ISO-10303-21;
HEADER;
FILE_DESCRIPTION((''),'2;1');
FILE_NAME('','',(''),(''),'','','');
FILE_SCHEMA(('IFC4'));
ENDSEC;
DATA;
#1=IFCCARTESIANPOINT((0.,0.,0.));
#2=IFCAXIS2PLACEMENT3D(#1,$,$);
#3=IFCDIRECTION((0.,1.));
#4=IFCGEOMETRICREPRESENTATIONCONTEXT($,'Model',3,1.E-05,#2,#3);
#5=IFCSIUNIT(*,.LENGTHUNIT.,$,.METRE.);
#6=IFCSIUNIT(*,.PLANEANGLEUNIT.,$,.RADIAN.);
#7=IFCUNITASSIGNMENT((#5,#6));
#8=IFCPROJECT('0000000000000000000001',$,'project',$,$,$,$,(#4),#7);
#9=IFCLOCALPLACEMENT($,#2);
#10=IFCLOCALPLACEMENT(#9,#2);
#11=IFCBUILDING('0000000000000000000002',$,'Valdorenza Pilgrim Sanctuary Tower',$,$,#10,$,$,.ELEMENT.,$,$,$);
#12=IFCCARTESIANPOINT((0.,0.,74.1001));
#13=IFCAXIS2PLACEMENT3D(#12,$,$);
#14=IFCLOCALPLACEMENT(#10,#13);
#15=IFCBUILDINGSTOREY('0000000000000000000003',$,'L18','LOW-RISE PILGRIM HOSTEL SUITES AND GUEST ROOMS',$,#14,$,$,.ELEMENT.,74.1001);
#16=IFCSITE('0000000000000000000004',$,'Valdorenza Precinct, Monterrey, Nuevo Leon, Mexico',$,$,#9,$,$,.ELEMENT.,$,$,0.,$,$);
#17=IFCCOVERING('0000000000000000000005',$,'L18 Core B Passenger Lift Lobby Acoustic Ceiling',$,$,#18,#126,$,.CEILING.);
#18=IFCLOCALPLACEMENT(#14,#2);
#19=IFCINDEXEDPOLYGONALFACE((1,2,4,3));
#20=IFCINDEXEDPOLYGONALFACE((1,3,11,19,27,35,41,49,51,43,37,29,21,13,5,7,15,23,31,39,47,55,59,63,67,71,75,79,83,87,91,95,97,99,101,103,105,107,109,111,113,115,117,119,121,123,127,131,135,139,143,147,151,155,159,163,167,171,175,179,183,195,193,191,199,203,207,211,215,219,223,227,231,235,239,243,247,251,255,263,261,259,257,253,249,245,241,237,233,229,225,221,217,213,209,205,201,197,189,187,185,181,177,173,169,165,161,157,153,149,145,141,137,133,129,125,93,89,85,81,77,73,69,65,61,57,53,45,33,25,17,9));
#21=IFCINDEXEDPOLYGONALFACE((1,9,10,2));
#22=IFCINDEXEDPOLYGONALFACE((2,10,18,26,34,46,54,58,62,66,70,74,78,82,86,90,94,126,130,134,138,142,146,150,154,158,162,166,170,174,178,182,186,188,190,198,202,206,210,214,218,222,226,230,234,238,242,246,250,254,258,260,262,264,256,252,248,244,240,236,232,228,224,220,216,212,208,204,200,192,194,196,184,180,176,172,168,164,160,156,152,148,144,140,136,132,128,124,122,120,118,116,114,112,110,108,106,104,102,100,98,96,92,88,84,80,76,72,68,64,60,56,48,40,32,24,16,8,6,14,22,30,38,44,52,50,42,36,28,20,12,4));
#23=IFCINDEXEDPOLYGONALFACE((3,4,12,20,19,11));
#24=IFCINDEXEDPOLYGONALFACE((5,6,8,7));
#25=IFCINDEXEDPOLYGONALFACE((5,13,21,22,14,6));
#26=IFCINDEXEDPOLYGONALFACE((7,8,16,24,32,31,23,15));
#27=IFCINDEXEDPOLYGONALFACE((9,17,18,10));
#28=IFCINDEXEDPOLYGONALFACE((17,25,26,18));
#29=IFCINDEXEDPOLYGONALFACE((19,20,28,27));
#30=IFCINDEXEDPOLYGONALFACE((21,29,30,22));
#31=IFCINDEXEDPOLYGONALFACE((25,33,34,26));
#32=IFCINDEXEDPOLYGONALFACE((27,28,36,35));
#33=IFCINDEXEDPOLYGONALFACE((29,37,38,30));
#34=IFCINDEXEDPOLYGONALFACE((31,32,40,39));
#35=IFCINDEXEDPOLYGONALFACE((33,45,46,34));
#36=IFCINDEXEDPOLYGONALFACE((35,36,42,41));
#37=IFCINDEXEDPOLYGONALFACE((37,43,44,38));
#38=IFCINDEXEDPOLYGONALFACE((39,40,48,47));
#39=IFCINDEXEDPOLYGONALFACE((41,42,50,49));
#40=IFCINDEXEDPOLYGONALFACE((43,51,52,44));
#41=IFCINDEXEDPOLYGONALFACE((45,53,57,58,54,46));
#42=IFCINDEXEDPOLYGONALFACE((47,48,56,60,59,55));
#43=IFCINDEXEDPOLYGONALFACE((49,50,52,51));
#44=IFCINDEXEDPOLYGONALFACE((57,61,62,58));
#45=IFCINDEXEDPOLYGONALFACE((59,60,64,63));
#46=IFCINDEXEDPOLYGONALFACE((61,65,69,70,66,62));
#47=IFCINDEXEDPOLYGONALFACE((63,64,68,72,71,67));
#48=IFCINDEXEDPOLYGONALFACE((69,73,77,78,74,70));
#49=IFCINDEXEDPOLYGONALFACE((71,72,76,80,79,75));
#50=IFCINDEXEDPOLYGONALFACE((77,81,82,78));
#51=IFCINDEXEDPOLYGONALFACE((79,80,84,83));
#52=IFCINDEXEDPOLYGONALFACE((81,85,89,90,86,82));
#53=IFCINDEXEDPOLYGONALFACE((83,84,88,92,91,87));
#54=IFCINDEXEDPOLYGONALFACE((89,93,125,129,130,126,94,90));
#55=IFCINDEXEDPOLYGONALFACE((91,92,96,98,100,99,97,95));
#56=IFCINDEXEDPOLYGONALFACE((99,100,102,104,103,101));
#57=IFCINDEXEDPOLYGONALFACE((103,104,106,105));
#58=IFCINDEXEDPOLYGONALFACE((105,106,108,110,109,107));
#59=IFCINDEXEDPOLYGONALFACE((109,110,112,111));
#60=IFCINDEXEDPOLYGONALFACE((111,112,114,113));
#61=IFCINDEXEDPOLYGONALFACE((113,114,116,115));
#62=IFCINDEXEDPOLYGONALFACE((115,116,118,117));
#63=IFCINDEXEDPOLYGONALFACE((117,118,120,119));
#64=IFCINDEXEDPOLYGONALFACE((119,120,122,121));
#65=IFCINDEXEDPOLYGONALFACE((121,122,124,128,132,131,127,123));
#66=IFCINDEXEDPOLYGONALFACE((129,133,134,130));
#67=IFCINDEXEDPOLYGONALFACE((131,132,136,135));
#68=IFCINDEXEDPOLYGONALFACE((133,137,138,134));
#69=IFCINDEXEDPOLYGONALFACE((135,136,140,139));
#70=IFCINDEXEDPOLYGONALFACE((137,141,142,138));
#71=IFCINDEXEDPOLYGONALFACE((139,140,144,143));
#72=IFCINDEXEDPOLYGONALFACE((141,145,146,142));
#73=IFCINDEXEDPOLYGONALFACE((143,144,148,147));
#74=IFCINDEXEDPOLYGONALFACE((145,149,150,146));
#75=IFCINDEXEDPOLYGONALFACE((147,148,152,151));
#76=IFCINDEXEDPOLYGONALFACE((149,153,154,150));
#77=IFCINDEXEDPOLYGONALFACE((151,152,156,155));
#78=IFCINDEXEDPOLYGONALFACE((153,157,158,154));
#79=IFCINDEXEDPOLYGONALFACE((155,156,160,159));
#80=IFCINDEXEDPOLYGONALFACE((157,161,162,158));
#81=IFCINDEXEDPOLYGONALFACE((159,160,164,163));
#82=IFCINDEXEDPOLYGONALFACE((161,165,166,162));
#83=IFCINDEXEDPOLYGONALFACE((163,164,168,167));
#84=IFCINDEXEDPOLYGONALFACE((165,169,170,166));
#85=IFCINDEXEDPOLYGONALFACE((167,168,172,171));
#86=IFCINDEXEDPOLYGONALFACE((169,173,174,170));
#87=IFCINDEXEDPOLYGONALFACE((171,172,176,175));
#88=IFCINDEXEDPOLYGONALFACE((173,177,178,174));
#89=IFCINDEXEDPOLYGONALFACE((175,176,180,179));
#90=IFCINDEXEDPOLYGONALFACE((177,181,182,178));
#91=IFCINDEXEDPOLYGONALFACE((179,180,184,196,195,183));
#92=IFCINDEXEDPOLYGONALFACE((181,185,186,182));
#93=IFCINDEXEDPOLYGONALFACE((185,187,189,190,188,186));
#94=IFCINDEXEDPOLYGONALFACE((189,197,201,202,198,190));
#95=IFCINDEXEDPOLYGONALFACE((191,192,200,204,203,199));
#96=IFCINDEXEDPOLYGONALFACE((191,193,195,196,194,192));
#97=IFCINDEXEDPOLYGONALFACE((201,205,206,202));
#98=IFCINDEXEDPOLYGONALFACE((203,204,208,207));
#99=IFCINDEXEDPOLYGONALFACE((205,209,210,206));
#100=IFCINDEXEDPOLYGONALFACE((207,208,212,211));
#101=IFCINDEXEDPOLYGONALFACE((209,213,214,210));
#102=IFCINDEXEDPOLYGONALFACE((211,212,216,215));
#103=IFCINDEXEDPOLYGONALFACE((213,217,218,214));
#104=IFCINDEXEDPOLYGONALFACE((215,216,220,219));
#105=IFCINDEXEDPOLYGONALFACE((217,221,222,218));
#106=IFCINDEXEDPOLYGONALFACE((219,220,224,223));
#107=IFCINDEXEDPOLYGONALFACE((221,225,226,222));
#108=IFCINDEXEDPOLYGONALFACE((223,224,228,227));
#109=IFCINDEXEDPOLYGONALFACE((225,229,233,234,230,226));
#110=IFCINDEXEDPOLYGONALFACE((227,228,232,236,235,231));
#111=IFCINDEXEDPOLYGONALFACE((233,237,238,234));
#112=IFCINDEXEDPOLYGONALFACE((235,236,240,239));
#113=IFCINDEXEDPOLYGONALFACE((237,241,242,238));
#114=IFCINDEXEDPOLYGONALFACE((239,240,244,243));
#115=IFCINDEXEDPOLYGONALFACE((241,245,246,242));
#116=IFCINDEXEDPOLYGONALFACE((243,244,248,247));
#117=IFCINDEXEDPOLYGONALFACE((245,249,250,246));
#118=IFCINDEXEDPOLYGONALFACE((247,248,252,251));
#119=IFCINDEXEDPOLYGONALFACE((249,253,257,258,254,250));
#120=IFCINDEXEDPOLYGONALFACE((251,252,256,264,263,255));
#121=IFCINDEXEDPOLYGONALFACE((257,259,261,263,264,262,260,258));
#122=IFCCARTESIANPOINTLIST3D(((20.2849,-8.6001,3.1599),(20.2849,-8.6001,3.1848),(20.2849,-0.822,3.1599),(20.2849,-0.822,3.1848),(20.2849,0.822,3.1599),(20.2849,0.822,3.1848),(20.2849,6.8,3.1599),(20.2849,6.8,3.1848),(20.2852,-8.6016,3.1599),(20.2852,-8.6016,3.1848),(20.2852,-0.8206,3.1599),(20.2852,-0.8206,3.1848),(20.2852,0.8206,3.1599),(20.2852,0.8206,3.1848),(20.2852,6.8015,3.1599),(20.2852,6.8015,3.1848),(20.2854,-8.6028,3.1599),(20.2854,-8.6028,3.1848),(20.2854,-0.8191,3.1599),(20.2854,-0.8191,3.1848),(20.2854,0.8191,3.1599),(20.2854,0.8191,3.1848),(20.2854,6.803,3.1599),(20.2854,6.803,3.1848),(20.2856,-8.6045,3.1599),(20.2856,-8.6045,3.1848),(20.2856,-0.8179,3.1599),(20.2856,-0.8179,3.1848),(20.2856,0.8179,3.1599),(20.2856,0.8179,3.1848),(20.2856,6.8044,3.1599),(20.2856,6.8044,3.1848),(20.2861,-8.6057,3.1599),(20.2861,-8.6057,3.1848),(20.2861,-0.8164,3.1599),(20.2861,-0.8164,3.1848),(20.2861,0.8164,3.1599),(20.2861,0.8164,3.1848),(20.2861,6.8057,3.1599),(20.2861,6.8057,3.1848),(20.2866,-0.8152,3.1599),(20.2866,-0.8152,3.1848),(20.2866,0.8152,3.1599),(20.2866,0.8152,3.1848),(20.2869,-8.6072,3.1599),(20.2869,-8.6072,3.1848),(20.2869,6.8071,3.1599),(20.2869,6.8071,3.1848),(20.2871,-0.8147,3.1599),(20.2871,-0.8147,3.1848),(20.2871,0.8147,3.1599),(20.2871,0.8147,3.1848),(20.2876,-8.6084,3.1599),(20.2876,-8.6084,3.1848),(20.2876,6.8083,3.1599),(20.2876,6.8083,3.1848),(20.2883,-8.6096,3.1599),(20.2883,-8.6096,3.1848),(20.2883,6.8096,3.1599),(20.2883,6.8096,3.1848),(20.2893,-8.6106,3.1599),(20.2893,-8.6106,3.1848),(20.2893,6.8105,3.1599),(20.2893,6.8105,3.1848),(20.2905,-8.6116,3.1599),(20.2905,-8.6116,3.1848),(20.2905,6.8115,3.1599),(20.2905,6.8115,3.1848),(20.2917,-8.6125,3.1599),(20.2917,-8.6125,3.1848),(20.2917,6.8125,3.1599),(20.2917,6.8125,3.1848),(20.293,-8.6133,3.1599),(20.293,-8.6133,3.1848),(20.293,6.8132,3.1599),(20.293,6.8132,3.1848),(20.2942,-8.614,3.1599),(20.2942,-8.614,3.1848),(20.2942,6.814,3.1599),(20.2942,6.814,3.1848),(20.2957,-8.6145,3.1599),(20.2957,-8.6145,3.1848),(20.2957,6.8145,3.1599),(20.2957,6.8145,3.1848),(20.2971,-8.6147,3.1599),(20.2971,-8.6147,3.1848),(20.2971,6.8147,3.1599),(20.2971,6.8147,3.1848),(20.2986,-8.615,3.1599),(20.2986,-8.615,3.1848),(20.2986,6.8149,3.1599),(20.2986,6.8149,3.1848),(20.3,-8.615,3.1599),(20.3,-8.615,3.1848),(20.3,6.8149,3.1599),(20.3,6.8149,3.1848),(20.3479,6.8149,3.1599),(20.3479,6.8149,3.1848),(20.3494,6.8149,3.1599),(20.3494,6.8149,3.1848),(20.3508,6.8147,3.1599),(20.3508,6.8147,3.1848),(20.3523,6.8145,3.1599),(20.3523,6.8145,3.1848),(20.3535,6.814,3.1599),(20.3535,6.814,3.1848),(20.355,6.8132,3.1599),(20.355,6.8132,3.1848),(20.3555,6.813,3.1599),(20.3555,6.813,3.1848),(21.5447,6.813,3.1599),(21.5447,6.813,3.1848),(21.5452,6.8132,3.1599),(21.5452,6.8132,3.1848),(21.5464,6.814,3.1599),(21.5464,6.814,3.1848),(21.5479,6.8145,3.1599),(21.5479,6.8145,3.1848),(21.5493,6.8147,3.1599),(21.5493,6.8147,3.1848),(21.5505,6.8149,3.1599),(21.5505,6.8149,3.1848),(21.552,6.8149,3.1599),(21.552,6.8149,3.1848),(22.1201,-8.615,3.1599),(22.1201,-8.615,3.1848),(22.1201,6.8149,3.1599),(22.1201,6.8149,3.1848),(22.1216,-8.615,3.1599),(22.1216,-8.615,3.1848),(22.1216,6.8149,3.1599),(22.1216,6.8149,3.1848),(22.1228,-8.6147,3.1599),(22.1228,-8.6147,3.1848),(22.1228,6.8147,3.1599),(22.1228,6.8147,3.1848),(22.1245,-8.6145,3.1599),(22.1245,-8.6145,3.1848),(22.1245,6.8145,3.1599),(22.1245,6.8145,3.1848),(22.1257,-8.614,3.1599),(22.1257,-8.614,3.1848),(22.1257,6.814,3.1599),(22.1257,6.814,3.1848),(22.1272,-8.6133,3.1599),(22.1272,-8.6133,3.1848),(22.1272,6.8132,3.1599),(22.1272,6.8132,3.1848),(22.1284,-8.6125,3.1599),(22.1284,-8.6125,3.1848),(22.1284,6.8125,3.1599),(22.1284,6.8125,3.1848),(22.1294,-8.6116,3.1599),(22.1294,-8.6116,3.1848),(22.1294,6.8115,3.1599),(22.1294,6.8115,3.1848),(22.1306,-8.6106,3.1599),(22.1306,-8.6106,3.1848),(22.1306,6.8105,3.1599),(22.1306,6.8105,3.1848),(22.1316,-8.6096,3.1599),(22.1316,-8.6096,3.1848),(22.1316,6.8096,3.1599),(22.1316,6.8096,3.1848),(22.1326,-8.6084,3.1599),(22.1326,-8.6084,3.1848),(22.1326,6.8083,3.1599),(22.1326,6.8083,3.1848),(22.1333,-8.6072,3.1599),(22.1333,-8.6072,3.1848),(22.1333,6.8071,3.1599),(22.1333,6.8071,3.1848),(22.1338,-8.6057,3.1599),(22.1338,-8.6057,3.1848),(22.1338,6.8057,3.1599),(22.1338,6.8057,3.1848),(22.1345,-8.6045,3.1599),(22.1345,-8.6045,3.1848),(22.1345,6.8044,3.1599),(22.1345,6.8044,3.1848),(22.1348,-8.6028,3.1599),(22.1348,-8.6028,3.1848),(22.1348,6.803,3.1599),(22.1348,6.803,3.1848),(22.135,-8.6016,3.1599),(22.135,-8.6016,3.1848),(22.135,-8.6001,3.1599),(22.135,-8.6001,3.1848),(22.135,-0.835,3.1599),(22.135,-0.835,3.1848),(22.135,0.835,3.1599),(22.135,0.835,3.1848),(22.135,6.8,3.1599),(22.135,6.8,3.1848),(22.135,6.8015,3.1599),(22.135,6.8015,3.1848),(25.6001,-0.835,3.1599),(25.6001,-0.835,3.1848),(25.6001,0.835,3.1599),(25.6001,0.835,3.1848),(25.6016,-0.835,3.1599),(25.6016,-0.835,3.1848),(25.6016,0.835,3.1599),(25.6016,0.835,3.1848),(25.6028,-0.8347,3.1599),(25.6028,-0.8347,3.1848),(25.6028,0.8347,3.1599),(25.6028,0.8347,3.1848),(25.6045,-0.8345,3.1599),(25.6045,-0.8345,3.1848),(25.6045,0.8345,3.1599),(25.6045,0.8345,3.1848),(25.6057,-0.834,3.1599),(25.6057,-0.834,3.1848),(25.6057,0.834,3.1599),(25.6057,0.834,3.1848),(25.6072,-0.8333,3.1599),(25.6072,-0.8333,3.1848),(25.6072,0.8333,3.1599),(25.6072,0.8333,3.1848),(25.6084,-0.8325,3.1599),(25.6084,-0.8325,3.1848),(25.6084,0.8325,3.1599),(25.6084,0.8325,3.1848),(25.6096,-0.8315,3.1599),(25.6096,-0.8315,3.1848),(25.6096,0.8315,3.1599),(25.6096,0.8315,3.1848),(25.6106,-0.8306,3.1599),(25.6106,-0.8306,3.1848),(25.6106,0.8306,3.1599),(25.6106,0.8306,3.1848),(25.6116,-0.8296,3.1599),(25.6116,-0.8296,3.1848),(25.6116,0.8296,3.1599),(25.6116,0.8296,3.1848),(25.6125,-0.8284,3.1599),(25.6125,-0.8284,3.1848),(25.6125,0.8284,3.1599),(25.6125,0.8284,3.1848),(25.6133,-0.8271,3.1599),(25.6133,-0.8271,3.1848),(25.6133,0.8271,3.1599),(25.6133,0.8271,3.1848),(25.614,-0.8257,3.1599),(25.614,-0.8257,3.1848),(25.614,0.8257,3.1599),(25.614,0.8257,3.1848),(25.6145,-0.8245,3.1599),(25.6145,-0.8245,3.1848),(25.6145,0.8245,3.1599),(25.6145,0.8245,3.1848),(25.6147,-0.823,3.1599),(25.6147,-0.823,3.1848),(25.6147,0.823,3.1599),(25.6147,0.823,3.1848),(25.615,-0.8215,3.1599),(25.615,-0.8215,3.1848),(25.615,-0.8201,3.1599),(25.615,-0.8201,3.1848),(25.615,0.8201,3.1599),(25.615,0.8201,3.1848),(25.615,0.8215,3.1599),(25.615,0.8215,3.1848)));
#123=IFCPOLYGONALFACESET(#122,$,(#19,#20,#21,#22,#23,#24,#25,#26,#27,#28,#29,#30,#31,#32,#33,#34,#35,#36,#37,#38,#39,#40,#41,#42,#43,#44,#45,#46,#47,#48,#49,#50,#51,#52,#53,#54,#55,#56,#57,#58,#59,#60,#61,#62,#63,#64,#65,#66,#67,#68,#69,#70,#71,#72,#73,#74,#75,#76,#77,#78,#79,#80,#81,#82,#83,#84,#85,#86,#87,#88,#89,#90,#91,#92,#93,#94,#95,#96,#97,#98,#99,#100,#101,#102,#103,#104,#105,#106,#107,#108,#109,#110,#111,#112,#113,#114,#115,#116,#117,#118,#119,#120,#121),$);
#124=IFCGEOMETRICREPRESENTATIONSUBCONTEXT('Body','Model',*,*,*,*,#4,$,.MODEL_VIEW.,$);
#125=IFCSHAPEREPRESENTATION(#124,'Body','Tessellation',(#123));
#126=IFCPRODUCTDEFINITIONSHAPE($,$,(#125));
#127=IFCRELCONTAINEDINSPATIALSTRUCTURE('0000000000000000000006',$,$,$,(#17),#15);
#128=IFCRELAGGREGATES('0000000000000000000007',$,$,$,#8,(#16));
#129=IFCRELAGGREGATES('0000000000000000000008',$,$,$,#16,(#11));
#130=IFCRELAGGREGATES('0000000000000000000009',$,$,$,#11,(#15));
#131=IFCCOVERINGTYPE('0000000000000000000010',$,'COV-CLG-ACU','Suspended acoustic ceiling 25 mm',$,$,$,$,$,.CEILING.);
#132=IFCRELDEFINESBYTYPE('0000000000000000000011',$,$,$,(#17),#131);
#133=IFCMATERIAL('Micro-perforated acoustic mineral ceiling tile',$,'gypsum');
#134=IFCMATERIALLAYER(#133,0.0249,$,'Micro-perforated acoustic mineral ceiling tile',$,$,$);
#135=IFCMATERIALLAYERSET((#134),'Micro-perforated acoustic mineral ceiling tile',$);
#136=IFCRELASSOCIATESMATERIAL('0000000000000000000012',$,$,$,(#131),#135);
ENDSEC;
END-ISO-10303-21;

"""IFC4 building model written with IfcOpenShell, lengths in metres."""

from ifc_helpers import new_model, si_unit, direction, frame, origin, place, context, subcontext, project, spatial, polyline, outline, extrude, material, layer, layer_set, type_object, element, save


model = new_model("IFC4")

# Units and contexts
model_context = context("Model", 3, precision=1e-05, world=origin(), true_north=direction((0.0, 1.0)))
body_context = subcontext(model_context, "Body", "Model", "MODEL_VIEW")
ifc_project = project(units=[si_unit("LENGTHUNIT", "METRE"), si_unit("PLANEANGLEUNIT", "RADIAN")], contexts=[model_context])

# Site, building, storey
site_placement = place(None, origin())
site = spatial("IfcSite", under=ifc_project, at=site_placement, Name="Valdorenza Precinct, Monterrey, Nuevo Leon, Mexico", CompositionType="ELEMENT", RefElevation=0.0)
building_placement = place(site_placement, origin())
building = spatial("IfcBuilding", under=site, at=building_placement, Name="Valdorenza Pilgrim Sanctuary Tower", CompositionType="ELEMENT")
storey_placement = place(building_placement, frame((0.0, 0.0, 74.1001)))
storey = spatial("IfcBuildingStorey", under=building, at=storey_placement, Name="L18", Description="LOW-RISE PILGRIM HOSTEL SUITES AND GUEST ROOMS", CompositionType="ELEMENT", Elevation=74.1001)

# Covering
ifc_material_1 = material(Name="Micro-perforated acoustic mineral ceiling tile", Category="gypsum")
ifc_layer_1 = layer(ifc_material_1, 0.0249, Name="Micro-perforated acoustic mineral ceiling tile")
ifc_layer_set_1 = layer_set([ifc_layer_1], Name="Micro-perforated acoustic mineral ceiling tile")
covering_type_1 = type_object("IfcCoveringType", Name="COV-CLG-ACU", Description="Suspended acoustic ceiling 25 mm", PredefinedType="CEILING", material=ifc_layer_set_1)
covering_1_placement = place(storey_placement, frame((0.0, 0.0, 3.1599)))
element("IfcCovering", 1, at=covering_1_placement, inside=storey, type_object=covering_type_1, Name="L18 Core B Passenger Lift Lobby Acoustic Ceiling", PredefinedType="CEILING", context=body_context, shape_type="SweptSolid", body=[
    extrude(outline(polyline([(20.2871, -0.8147), (20.2871, 0.8147), (20.2866, 0.8152), (20.2861, 0.8164), (20.2856, 0.8179), (20.2854, 0.8191), (20.2852, 0.8206), (20.2849, 0.822), (20.2849, 6.8), (20.2852, 6.8015), (20.2854, 6.803), (20.2856, 6.8044), (20.2861, 6.8057), (20.2869, 6.8071), (20.2876, 6.8083), (20.2883, 6.8096), (20.2893, 6.8105), (20.2905, 6.8115), (20.2917, 6.8125), (20.293, 6.8132), (20.2942, 6.814), (20.2957, 6.8145), (20.2971, 6.8147), (20.2986, 6.8149), (20.3, 6.8149), (20.3479, 6.8149), (20.3494, 6.8149), (20.3508, 6.8147), (20.3523, 6.8145), (20.3535, 6.814), (20.355, 6.8132), (20.3555, 6.813), (21.5447, 6.813), (21.5452, 6.8132), (21.5464, 6.814), (21.5479, 6.8145), (21.5493, 6.8147), (21.5505, 6.8149), (21.552, 6.8149), (22.1201, 6.8149), (22.1216, 6.8149), (22.1228, 6.8147), (22.1245, 6.8145), (22.1257, 6.814), (22.1272, 6.8132), (22.1284, 6.8125), (22.1294, 6.8115), (22.1306, 6.8105), (22.1316, 6.8096), (22.1326, 6.8083), (22.1333, 6.8071), (22.1338, 6.8057), (22.1345, 6.8044), (22.1348, 6.803), (22.135, 6.8015), (22.135, 6.8), (22.135, 0.835), (25.6001, 0.835), (25.6016, 0.835), (25.6028, 0.8347), (25.6045, 0.8345), (25.6057, 0.834), (25.6072, 0.8333), (25.6084, 0.8325), (25.6096, 0.8315), (25.6106, 0.8306), (25.6116, 0.8296), (25.6125, 0.8284), (25.6133, 0.8271), (25.614, 0.8257), (25.6145, 0.8245), (25.6147, 0.823), (25.615, 0.8215), (25.615, 0.8201), (25.615, -0.8201), (25.615, -0.8215), (25.6147, -0.823), (25.6145, -0.8245), (25.614, -0.8257), (25.6133, -0.8271), (25.6125, -0.8284), (25.6116, -0.8296), (25.6106, -0.8306), (25.6096, -0.8315), (25.6084, -0.8325), (25.6072, -0.8333), (25.6057, -0.834), (25.6045, -0.8345), (25.6028, -0.8347), (25.6016, -0.835), (25.6001, -0.835), (22.135, -0.835), (22.135, -8.6001), (22.135, -8.6016), (22.1348, -8.6028), (22.1345, -8.6045), (22.1338, -8.6057), (22.1333, -8.6072), (22.1326, -8.6084), (22.1316, -8.6096), (22.1306, -8.6106), (22.1294, -8.6116), (22.1284, -8.6125), (22.1272, -8.6133), (22.1257, -8.614), (22.1245, -8.6145), (22.1228, -8.6147), (22.1216, -8.615), (22.1201, -8.615), (20.3, -8.615), (20.2986, -8.615), (20.2971, -8.6147), (20.2957, -8.6145), (20.2942, -8.614), (20.293, -8.6133), (20.2917, -8.6125), (20.2905, -8.6116), (20.2893, -8.6106), (20.2883, -8.6096), (20.2876, -8.6084), (20.2869, -8.6072), (20.2861, -8.6057), (20.2856, -8.6045), (20.2854, -8.6028), (20.2852, -8.6016), (20.2849, -8.6001), (20.2849, -0.822), (20.2852, -0.8206), (20.2854, -0.8191), (20.2856, -0.8179), (20.2861, -0.8164), (20.2866, -0.8152), (20.2871, -0.8147)])), origin(), (0.0, 0.0, 1.0), 0.0249),
])

save(model, "model.ifc")
